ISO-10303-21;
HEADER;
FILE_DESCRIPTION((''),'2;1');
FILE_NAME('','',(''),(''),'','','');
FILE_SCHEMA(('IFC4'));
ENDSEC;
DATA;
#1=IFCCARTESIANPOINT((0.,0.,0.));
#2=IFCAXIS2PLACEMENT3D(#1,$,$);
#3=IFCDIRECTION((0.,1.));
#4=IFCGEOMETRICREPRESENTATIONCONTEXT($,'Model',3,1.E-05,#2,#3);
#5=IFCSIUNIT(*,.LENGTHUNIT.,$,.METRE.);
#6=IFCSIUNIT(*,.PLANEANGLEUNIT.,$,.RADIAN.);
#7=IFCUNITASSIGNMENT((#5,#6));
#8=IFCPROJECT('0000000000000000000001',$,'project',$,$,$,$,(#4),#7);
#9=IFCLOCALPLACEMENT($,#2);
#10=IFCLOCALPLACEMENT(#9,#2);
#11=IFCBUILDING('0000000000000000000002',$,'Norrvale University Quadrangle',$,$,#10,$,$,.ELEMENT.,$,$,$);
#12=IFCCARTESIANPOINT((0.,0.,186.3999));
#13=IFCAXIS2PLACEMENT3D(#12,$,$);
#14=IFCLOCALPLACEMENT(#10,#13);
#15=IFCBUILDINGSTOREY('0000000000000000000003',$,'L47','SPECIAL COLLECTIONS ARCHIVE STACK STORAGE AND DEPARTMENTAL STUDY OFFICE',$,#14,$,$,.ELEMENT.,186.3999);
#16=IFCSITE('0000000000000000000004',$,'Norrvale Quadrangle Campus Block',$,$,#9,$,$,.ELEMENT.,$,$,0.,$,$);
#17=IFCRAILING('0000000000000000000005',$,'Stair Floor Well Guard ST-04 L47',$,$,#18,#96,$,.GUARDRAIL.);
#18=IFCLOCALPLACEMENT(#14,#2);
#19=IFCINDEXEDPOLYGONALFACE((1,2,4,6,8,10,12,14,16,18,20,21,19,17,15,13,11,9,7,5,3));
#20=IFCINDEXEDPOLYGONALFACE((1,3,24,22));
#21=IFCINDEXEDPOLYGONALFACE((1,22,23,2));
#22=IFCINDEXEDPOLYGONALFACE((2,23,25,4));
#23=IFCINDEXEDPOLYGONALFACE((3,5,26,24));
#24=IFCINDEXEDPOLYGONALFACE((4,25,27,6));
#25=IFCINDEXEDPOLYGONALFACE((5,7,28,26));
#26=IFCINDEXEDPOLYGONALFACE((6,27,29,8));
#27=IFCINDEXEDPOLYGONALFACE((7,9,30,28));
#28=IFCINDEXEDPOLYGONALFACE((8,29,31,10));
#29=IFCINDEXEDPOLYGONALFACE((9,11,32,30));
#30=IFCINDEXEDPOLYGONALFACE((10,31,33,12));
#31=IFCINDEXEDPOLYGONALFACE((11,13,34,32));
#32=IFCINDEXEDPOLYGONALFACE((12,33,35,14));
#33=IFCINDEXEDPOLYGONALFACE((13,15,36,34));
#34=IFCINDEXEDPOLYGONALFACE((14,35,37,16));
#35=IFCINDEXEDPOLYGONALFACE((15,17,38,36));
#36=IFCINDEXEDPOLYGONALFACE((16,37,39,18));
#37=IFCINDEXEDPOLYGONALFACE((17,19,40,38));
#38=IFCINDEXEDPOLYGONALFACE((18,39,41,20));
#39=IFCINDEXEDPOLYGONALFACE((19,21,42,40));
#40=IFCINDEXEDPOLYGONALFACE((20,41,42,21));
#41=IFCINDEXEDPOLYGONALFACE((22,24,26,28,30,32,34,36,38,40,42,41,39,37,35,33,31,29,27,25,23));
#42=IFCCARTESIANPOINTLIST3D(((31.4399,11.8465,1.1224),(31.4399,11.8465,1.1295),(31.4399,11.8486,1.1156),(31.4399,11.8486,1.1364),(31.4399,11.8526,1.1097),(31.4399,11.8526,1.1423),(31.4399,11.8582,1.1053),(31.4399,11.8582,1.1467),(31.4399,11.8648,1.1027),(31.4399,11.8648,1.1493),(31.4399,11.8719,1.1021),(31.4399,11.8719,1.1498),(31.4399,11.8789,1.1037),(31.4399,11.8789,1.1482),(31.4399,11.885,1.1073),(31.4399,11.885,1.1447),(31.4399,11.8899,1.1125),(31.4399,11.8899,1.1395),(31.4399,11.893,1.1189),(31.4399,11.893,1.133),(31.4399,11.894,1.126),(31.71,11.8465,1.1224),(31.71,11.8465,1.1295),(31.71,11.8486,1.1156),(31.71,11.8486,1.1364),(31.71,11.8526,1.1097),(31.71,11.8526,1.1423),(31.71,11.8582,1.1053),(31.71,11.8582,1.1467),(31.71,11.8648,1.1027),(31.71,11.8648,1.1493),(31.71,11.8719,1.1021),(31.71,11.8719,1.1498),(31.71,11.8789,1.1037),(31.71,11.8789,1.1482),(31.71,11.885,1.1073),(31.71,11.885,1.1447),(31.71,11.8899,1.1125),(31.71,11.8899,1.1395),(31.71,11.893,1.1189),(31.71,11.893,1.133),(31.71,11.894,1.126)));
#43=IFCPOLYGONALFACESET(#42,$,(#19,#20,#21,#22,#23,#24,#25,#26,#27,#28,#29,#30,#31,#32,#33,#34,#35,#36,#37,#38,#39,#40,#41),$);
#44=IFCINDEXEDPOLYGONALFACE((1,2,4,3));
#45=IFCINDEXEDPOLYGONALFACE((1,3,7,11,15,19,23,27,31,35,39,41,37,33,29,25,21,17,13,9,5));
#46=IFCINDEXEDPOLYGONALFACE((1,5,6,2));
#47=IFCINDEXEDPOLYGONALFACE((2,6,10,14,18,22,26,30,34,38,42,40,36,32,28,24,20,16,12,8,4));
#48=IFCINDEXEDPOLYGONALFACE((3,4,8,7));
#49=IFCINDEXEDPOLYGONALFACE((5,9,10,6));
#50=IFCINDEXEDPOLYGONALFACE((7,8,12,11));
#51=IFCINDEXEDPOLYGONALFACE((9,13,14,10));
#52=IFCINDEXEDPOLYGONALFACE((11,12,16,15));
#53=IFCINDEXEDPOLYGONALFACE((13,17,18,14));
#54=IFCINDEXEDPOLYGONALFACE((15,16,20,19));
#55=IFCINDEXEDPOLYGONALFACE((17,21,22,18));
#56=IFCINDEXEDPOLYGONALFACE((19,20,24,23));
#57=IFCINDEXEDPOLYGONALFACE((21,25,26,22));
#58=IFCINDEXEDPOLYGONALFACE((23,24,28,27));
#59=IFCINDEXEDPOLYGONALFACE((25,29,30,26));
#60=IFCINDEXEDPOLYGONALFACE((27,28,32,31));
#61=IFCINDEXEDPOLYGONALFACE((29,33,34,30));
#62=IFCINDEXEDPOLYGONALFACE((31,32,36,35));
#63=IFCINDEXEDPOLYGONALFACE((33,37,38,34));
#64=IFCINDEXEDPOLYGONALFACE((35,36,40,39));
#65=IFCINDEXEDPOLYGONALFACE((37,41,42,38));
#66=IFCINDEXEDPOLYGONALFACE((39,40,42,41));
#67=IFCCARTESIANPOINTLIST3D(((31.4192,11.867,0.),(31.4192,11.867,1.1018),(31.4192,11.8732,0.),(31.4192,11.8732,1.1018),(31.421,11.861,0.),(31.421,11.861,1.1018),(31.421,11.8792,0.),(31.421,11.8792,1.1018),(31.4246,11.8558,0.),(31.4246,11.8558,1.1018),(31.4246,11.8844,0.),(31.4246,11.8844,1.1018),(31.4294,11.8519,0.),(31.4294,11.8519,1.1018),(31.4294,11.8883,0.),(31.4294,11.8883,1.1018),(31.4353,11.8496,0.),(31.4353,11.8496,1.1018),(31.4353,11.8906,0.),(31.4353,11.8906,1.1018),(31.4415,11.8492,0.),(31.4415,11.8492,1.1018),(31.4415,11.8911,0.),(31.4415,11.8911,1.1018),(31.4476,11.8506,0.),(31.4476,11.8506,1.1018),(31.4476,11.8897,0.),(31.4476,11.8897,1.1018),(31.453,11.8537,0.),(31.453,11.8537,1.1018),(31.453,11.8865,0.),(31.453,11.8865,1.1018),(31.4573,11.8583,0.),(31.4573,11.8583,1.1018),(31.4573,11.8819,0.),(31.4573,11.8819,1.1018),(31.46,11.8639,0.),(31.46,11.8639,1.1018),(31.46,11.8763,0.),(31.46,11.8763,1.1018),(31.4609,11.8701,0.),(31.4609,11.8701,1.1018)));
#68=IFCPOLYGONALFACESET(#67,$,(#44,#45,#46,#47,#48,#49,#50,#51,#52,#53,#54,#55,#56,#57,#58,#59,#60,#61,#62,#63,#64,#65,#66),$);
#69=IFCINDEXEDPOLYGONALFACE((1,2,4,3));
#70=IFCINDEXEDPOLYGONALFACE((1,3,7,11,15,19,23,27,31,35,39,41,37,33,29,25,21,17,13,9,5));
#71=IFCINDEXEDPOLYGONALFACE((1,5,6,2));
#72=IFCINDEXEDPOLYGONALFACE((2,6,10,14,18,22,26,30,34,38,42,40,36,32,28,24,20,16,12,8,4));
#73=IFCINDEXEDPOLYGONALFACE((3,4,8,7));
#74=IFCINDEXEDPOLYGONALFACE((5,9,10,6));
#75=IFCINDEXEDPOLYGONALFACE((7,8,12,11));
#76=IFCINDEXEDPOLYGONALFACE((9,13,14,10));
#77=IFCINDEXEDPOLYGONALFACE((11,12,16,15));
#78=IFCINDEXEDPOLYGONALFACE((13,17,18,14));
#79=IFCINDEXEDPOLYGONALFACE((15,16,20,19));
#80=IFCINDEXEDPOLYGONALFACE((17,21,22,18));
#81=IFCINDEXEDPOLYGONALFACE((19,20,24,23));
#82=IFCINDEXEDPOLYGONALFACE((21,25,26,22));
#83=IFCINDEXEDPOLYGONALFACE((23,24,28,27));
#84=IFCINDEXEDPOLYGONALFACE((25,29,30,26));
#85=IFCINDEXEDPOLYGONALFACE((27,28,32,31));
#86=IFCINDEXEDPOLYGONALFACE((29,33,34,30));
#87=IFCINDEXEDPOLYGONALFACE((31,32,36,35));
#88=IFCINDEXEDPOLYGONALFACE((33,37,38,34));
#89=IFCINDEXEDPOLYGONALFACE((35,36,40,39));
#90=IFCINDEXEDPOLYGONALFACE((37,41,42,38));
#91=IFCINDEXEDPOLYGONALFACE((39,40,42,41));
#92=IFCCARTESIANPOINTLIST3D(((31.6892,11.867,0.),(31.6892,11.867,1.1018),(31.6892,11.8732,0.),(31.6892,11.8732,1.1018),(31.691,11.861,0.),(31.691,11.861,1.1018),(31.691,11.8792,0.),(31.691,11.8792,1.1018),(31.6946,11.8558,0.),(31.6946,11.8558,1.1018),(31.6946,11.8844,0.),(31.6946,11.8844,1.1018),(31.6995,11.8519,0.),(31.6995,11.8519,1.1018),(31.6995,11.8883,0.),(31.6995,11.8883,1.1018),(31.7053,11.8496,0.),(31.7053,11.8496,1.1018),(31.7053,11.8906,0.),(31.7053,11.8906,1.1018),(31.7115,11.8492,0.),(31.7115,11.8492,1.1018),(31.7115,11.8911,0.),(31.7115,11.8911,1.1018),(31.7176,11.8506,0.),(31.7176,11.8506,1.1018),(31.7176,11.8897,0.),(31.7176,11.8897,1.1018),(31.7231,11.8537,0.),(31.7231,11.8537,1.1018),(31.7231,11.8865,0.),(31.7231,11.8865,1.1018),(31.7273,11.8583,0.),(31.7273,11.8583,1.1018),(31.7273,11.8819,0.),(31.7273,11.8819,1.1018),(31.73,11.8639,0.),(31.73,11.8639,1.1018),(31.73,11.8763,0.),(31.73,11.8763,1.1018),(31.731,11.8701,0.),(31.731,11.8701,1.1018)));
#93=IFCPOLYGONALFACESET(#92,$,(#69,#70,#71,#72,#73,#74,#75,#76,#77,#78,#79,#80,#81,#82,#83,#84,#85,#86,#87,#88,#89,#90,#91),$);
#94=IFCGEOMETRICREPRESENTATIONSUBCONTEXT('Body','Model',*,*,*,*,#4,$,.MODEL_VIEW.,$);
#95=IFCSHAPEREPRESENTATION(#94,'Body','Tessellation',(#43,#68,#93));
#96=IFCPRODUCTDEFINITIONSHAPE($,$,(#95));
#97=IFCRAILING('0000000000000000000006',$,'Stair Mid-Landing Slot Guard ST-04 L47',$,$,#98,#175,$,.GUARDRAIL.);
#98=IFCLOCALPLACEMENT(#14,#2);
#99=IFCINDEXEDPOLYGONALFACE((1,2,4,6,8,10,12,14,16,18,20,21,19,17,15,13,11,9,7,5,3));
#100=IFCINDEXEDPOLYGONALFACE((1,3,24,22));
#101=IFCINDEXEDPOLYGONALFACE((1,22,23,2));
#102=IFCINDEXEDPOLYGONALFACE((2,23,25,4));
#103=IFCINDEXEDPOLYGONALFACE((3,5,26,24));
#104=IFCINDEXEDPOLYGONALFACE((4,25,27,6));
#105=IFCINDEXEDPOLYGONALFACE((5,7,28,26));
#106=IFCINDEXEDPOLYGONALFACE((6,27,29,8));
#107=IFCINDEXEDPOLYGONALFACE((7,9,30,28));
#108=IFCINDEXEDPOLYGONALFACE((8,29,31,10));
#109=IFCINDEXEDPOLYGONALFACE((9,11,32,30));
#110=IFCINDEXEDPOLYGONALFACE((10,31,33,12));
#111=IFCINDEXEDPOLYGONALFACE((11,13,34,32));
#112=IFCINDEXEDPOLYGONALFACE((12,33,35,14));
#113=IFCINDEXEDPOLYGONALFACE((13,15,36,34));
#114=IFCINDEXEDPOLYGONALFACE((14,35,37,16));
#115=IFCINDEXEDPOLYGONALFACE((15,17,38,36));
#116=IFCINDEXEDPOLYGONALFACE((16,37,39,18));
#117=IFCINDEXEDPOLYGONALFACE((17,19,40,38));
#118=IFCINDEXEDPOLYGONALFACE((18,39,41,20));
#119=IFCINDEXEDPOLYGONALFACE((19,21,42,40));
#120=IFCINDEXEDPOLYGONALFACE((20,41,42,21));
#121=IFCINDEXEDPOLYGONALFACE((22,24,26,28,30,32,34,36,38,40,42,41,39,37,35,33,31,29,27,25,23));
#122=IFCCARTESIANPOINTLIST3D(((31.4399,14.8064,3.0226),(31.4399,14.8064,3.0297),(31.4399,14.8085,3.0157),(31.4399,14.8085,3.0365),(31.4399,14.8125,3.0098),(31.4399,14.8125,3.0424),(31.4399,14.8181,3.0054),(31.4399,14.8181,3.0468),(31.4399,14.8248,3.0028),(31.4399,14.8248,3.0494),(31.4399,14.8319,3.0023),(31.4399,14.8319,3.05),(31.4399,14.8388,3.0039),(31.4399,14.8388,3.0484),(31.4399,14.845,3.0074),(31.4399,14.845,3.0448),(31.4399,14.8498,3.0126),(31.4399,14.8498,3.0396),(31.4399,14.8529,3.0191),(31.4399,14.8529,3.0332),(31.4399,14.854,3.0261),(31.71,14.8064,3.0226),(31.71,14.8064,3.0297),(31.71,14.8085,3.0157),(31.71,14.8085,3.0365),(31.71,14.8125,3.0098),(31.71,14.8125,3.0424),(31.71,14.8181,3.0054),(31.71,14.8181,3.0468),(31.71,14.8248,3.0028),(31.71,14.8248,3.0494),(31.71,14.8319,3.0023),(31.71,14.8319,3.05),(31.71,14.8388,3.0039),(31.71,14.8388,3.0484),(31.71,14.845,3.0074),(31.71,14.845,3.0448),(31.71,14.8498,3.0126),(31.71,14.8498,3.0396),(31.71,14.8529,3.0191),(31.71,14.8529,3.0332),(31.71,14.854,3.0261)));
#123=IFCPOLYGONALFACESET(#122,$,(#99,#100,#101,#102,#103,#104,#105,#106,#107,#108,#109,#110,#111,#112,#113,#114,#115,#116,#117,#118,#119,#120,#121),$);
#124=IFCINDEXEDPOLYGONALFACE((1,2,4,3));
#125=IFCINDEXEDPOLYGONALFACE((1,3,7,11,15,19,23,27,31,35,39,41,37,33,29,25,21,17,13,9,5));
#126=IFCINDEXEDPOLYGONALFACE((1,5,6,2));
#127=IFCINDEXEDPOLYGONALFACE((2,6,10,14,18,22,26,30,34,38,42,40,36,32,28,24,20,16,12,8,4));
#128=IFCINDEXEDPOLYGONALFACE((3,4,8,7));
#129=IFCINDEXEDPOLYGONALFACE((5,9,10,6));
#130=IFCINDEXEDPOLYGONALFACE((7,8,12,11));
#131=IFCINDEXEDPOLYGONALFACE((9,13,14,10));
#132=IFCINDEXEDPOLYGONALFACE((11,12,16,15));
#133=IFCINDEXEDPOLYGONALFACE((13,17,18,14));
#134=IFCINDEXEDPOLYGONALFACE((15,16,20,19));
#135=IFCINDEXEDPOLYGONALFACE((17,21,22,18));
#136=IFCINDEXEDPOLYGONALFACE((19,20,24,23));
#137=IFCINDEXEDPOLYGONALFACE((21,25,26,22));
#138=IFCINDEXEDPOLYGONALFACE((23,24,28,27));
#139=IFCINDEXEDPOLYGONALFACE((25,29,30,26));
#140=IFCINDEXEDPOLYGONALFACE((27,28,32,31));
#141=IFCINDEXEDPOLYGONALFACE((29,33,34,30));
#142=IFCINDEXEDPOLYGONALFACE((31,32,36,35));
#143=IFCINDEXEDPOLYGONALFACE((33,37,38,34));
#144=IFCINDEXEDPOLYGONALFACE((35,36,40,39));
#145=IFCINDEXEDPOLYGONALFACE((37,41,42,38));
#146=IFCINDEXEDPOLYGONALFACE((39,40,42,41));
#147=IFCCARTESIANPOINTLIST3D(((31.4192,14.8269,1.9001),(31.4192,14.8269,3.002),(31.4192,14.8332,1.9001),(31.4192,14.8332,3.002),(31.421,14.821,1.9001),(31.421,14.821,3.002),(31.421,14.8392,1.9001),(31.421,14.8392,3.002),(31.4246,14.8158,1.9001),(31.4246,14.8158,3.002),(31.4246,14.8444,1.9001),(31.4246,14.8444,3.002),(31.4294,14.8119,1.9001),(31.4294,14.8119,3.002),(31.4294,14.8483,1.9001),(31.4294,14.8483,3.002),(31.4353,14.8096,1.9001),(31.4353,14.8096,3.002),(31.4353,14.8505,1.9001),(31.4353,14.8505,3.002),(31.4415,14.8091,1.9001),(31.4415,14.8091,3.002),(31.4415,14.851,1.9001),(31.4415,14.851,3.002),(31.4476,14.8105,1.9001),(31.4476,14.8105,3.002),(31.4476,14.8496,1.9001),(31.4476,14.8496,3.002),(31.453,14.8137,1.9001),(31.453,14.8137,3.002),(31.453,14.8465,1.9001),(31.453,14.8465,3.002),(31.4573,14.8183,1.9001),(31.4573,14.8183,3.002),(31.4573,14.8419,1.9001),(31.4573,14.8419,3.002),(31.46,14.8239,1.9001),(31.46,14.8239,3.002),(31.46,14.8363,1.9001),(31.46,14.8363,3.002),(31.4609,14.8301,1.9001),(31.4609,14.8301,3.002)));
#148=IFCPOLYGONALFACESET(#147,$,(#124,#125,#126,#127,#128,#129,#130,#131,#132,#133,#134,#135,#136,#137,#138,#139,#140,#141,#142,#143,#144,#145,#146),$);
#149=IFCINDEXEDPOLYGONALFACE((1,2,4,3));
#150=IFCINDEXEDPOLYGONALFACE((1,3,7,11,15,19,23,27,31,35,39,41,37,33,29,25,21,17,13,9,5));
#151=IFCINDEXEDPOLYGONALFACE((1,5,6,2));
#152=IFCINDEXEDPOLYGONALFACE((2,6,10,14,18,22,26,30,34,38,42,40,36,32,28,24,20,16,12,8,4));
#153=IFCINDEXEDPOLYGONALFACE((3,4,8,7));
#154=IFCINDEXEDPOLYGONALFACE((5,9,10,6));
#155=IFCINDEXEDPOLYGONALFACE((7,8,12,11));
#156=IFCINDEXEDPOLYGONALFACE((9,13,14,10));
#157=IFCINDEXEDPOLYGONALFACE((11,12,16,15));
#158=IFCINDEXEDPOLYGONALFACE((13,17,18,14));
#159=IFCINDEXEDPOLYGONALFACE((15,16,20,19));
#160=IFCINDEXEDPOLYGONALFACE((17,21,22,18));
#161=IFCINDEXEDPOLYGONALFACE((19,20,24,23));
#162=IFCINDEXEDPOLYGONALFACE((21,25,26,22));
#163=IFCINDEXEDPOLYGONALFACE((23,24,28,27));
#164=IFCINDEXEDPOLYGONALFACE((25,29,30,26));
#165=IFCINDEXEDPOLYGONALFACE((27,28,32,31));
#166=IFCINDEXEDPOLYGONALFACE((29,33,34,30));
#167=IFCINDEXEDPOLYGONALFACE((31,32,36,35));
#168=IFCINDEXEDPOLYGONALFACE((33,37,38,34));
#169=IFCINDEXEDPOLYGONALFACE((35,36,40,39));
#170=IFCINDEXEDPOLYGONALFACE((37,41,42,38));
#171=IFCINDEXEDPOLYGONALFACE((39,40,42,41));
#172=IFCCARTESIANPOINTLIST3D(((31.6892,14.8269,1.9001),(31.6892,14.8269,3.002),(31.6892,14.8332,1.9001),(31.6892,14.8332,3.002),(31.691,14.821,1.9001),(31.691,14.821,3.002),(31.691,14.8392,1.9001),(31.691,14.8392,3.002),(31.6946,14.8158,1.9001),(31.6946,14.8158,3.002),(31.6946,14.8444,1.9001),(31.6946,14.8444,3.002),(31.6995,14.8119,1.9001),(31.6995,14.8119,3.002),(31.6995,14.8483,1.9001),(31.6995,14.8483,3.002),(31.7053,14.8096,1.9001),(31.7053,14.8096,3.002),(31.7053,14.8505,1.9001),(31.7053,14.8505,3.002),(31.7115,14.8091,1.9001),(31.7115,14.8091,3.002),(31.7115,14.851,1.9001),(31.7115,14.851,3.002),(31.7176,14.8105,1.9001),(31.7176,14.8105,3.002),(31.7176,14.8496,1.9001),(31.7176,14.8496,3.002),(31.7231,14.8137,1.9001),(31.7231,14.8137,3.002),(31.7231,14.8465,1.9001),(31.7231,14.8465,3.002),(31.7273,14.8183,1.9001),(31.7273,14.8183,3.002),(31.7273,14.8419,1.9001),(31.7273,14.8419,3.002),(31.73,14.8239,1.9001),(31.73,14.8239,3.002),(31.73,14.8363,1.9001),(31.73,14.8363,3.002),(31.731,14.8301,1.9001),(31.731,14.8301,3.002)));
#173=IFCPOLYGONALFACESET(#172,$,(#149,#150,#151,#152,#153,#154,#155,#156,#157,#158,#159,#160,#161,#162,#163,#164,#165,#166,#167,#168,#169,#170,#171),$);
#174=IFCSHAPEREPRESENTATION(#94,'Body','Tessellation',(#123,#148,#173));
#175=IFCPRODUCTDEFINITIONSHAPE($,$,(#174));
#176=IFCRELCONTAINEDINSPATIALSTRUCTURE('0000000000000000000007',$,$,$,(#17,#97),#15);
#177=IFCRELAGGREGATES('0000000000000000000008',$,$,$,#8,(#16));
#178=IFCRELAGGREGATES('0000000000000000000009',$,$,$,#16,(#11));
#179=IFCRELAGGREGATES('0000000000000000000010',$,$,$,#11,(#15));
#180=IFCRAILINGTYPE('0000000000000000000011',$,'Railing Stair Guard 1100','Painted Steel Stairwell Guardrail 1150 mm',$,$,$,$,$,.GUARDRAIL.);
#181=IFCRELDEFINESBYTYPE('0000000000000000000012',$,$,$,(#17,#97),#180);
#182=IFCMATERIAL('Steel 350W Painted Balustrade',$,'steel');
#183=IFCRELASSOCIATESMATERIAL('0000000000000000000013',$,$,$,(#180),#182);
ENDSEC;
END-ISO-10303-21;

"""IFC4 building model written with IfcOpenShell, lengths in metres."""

from ifc_helpers import new_model, si_unit, direction, frame, origin, origin_2d, place, context, subcontext, project, spatial, circle, extrude, material, type_object, element, save


model = new_model("IFC4")

# Units and contexts
model_context = context("Model", 3, precision=1e-05, world=origin(), true_north=direction((0.0, 1.0)))
body_context = subcontext(model_context, "Body", "Model", "MODEL_VIEW")
ifc_project = project(units=[si_unit("LENGTHUNIT", "METRE"), si_unit("PLANEANGLEUNIT", "RADIAN")], contexts=[model_context])

# Site, building, storey
site_placement = place(None, origin())
site = spatial("IfcSite", under=ifc_project, at=site_placement, Name="Norrvale Quadrangle Campus Block", CompositionType="ELEMENT", RefElevation=0.0)
building_placement = place(site_placement, origin())
building = spatial("IfcBuilding", under=site, at=building_placement, Name="Norrvale University Quadrangle", CompositionType="ELEMENT")
storey_placement = place(building_placement, frame((0.0, 0.0, 186.3999)))
storey = spatial("IfcBuildingStorey", under=building, at=storey_placement, Name="L47", Description="SPECIAL COLLECTIONS ARCHIVE STACK STORAGE AND DEPARTMENTAL STUDY OFFICE", CompositionType="ELEMENT", Elevation=186.3999)

# Railings
ifc_material_1 = material(Name="Steel 350W Painted Balustrade", Category="steel")
railing_type_1 = type_object("IfcRailingType", Name="Railing Stair Guard 1100", Description="Painted Steel Stairwell Guardrail 1150 mm", PredefinedType="GUARDRAIL", material=ifc_material_1)
for number, where, name in (
    (1, (31.4399, 11.8701, 0.0), "Stair Floor Well Guard ST-04 L47"),
    (2, (31.4399, 14.8301, 1.9001), "Stair Mid-Landing Slot Guard ST-04 L47"),
):
    element("IfcRailing", number, at=place(storey_placement, frame(where)), inside=storey, type_object=railing_type_1, Name=name, PredefinedType="GUARDRAIL", context=body_context, shape_type="SweptSolid", body=[
        extrude(circle(Radius=0.0239, at=origin_2d()), frame((0.0, 0.0, 1.126), z_axis=(1.0, 0.0, 0.0), x_axis=(0.0, 1.0, 0.0)), (0.0, 0.0, 1.0), 0.27),
        extrude(circle(Radius=0.021, at=origin_2d()), origin(), (0.0, 0.0, 1.0), 1.1018),
        extrude(circle(Radius=0.021, at=origin_2d()), frame((0.27, 0.0, 0.0)), (0.0, 0.0, 1.0), 1.1018),
    ])

save(model, "model.ifc")
